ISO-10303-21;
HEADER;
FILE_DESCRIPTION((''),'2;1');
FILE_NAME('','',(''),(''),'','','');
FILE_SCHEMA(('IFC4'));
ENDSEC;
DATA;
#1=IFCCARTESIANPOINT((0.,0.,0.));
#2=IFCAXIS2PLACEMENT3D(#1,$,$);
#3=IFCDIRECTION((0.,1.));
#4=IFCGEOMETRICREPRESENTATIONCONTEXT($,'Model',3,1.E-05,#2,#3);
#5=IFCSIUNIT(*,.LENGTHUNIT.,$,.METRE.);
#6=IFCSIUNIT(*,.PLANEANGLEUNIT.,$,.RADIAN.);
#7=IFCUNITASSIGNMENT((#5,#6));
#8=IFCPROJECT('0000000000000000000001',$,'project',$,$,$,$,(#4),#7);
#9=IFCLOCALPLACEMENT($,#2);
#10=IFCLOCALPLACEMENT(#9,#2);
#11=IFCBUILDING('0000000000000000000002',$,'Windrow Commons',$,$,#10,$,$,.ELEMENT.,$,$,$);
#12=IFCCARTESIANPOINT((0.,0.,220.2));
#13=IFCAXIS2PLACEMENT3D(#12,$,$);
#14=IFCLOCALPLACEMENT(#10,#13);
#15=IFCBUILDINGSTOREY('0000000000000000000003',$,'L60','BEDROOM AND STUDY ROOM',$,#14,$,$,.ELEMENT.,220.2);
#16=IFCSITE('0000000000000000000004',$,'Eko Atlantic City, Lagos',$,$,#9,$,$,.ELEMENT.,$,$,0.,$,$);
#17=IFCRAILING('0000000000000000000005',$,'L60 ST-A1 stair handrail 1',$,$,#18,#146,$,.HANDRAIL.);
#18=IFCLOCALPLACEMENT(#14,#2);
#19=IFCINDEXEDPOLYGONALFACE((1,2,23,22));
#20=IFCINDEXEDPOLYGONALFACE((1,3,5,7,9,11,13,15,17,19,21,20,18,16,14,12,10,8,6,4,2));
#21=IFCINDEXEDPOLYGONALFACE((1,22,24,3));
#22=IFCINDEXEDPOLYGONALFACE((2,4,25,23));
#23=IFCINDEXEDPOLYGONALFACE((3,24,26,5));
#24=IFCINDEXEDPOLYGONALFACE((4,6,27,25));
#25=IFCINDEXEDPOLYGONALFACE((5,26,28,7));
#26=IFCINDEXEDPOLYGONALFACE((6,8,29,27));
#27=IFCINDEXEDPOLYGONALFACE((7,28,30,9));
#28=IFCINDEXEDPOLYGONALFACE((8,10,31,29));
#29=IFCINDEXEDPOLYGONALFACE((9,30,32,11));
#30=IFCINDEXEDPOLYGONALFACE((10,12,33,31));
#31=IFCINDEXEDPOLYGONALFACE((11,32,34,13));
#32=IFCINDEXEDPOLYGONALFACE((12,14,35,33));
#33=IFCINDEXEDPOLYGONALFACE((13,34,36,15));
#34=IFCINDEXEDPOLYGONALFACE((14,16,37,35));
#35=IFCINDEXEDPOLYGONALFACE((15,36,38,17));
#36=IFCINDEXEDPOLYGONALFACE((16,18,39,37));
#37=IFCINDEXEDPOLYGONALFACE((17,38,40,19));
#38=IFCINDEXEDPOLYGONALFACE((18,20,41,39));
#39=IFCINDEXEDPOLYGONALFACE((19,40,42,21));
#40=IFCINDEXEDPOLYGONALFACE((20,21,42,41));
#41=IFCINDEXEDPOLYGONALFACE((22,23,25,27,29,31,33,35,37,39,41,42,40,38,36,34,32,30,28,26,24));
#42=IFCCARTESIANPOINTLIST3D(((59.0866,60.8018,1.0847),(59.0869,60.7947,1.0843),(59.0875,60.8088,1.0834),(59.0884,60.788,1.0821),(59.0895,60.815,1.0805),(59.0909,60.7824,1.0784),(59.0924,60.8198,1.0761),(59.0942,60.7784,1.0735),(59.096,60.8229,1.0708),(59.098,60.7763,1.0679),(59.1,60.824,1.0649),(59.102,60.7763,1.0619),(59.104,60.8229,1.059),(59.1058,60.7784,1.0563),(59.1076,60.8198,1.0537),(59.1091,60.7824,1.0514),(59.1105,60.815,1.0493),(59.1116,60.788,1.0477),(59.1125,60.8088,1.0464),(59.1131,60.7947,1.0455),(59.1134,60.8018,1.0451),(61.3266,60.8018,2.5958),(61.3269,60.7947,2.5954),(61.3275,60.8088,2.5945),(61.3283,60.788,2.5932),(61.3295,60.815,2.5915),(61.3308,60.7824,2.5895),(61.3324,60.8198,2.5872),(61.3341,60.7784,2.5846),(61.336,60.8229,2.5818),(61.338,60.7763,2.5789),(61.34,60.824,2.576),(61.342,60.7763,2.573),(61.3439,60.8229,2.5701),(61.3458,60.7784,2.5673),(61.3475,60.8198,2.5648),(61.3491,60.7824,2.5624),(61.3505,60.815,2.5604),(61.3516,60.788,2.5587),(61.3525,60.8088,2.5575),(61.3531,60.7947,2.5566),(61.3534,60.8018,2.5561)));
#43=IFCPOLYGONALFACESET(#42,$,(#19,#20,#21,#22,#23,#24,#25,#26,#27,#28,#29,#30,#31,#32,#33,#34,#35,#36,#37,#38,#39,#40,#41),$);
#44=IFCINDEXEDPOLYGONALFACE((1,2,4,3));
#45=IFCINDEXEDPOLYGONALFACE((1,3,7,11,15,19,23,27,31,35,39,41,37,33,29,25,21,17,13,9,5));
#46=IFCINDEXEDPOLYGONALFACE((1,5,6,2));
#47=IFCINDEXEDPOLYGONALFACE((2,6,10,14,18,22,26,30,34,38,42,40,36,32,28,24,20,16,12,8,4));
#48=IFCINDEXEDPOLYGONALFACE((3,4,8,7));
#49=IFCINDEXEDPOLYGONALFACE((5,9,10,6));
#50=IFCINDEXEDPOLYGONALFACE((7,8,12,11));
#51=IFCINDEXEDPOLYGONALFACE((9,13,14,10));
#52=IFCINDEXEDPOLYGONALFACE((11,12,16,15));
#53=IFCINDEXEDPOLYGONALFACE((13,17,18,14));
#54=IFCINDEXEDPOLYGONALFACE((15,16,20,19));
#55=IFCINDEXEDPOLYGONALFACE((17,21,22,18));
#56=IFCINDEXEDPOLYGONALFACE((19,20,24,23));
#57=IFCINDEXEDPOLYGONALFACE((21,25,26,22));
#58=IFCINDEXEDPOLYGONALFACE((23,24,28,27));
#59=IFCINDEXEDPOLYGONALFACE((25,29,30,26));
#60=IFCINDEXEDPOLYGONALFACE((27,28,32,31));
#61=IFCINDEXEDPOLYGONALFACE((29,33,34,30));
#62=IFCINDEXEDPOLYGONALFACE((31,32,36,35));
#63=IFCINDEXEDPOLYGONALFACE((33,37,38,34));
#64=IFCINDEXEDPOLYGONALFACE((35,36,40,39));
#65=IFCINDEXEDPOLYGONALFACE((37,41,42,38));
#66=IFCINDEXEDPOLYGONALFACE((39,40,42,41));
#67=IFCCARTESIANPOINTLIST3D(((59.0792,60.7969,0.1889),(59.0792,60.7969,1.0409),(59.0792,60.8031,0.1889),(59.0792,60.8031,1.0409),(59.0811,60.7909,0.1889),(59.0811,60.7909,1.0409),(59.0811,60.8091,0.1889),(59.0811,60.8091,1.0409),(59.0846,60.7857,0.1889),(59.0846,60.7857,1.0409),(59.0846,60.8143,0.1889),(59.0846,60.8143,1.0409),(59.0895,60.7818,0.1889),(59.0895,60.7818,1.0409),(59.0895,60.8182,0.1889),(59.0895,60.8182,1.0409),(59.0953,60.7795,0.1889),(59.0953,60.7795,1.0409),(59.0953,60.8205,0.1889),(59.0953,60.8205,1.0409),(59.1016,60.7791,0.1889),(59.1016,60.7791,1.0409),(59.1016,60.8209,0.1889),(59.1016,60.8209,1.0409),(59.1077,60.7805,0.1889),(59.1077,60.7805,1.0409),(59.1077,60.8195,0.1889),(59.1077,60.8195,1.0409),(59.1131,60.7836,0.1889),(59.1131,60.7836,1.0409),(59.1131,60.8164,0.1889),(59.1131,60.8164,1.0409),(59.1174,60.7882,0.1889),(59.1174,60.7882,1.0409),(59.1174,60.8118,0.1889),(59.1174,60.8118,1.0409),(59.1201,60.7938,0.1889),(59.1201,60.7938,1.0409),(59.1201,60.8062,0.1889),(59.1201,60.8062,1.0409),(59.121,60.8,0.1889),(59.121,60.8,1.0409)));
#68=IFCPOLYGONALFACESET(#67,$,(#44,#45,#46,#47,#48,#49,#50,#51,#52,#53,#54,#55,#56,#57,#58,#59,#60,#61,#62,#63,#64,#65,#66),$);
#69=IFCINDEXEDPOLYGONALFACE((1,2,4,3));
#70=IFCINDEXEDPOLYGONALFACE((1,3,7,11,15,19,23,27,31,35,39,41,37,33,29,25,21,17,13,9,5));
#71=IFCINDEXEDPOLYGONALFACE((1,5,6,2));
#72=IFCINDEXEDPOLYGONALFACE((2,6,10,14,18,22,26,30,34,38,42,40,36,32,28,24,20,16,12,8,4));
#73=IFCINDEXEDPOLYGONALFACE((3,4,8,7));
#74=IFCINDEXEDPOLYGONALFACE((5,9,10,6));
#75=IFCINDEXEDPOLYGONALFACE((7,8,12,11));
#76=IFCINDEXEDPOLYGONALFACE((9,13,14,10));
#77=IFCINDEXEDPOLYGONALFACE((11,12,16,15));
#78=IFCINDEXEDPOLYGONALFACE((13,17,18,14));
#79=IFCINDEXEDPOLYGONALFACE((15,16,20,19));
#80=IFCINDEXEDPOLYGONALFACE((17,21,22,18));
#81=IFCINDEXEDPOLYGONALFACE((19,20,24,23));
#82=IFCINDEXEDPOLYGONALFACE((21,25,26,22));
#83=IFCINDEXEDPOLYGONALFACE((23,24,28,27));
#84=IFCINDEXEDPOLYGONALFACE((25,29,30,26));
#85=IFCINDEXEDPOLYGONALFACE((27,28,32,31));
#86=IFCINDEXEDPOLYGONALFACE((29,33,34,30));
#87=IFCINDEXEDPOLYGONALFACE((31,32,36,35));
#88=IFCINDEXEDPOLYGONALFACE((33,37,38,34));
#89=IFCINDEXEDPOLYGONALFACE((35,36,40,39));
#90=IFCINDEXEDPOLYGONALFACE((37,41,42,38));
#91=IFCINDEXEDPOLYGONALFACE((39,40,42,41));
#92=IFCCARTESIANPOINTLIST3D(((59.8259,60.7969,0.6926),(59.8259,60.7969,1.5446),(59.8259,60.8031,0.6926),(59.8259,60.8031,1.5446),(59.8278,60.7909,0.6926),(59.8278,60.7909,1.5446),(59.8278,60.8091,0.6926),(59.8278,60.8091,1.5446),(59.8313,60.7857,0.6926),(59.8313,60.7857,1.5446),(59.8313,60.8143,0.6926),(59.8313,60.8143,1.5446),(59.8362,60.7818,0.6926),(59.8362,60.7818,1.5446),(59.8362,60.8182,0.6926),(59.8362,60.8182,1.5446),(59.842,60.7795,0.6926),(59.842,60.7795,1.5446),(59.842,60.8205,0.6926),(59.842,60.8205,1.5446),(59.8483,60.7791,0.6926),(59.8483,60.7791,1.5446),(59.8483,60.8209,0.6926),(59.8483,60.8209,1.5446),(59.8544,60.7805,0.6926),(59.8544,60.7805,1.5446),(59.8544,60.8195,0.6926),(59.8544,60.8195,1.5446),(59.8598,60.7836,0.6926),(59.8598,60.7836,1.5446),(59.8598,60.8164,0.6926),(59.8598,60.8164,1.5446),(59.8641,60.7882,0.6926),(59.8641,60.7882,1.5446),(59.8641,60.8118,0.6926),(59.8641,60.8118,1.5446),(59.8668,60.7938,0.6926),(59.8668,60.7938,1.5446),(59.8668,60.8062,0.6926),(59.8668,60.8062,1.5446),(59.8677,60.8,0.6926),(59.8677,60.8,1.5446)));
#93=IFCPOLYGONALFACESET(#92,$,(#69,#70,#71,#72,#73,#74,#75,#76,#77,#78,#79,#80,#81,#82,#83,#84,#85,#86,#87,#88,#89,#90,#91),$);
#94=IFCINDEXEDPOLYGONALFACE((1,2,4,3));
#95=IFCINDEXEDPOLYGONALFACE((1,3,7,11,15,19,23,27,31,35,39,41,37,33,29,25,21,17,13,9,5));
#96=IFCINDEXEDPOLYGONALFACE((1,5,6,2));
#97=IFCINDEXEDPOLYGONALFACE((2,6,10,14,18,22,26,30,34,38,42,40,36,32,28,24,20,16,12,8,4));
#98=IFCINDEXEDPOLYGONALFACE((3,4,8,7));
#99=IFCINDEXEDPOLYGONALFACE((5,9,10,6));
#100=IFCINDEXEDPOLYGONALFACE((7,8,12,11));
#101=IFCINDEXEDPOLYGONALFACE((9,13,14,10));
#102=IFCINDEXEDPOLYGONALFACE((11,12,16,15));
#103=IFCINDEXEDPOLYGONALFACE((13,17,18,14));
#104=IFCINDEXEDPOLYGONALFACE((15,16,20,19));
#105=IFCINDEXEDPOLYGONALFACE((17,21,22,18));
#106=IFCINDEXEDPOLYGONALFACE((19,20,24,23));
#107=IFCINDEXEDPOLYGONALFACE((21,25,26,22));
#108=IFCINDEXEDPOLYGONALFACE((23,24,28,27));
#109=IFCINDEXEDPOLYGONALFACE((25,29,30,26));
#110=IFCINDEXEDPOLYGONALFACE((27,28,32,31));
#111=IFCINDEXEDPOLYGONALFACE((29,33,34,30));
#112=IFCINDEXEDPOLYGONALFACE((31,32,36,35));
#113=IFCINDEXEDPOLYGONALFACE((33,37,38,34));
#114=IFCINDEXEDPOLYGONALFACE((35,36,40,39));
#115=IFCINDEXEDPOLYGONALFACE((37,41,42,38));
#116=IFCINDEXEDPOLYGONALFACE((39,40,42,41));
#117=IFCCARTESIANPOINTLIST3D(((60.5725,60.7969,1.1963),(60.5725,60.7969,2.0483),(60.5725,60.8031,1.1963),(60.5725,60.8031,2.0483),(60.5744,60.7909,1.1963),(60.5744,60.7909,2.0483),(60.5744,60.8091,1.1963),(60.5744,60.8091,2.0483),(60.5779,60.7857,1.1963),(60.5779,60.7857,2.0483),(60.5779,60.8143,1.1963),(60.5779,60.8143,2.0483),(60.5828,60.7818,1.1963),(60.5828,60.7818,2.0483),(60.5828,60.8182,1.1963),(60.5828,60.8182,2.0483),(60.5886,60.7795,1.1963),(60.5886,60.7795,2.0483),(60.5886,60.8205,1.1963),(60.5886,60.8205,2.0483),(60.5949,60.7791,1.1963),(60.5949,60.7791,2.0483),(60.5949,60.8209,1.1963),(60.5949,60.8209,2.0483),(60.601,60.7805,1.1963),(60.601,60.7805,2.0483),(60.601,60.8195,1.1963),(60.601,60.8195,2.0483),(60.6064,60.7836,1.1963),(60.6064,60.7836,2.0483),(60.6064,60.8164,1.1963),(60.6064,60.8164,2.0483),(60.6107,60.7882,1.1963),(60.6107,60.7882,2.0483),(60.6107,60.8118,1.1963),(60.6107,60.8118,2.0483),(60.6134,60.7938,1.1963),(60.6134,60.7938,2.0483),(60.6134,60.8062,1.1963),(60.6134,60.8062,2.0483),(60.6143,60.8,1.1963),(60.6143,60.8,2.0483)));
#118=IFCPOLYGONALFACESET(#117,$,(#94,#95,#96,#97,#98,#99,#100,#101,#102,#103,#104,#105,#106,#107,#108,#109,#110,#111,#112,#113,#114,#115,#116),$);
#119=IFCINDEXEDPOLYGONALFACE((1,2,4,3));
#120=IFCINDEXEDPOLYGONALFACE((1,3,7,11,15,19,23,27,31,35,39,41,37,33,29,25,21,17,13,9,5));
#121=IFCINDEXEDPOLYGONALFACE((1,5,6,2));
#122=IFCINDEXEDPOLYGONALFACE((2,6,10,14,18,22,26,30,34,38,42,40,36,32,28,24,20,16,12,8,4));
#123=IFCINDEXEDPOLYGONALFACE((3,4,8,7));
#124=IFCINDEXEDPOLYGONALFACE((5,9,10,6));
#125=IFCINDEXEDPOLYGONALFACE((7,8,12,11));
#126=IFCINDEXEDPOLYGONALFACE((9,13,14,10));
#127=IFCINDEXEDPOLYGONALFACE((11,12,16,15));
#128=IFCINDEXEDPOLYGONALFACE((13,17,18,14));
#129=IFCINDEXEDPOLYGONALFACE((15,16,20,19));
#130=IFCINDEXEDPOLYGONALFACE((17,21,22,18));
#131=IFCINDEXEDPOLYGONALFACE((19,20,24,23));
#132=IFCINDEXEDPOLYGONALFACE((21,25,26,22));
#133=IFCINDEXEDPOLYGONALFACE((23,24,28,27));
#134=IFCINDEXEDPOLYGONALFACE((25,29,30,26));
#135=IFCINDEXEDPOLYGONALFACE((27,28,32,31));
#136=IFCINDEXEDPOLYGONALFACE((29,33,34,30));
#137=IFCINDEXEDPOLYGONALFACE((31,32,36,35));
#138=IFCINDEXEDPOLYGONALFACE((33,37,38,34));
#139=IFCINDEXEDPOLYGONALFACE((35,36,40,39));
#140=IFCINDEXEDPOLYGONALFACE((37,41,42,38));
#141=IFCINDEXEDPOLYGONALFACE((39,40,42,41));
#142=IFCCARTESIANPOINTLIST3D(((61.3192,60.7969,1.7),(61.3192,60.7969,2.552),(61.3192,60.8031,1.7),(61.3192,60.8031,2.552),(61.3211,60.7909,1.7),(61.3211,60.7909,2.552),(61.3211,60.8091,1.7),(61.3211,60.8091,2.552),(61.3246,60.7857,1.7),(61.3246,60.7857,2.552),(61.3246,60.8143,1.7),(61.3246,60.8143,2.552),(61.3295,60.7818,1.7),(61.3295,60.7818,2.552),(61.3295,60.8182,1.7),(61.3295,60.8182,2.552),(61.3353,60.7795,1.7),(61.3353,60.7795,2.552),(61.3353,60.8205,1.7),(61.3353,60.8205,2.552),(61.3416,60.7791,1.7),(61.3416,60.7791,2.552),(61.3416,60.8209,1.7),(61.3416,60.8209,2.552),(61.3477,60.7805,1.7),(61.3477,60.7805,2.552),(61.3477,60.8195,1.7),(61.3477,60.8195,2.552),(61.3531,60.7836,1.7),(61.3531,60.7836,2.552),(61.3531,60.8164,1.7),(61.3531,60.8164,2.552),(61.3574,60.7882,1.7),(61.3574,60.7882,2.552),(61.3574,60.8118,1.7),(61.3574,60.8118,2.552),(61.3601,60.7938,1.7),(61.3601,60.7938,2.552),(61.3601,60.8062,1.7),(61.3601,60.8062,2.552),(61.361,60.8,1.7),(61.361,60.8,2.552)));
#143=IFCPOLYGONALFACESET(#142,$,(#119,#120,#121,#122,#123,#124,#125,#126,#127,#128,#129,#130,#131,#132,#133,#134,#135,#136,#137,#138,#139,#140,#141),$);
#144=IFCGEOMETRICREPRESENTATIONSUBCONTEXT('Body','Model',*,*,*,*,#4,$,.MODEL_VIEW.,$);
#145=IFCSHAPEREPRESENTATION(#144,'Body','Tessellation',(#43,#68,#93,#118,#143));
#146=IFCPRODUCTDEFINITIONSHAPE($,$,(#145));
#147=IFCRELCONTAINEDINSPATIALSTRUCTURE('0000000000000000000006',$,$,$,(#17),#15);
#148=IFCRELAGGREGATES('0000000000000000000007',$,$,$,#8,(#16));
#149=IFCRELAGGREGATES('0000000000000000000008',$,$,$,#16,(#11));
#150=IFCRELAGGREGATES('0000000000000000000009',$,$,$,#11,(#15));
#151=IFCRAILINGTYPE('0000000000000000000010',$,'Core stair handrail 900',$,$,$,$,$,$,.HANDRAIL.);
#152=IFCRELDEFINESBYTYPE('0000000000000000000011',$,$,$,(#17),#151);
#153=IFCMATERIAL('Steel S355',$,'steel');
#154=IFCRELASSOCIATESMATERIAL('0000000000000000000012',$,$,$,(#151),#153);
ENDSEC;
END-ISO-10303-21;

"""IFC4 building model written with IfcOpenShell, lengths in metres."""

from ifc_helpers import new_model, si_unit, direction, frame, origin, origin_2d, place, context, subcontext, project, spatial, circle, extrude, material, type_object, element, save


model = new_model("IFC4")

# Units and contexts
model_context = context("Model", 3, precision=1e-05, world=origin(), true_north=direction((0.0, 1.0)))
body_context = subcontext(model_context, "Body", "Model", "MODEL_VIEW")
ifc_project = project(units=[si_unit("LENGTHUNIT", "METRE"), si_unit("PLANEANGLEUNIT", "RADIAN")], contexts=[model_context])

# Site, building, storey
site_placement = place(None, origin())
site = spatial("IfcSite", under=ifc_project, at=site_placement, Name="Eko Atlantic City, Lagos", CompositionType="ELEMENT", RefElevation=0.0)
building_placement = place(site_placement, origin())
building = spatial("IfcBuilding", under=site, at=building_placement, Name="Windrow Commons", CompositionType="ELEMENT")
storey_placement = place(building_placement, frame((0.0, 0.0, 220.2)))
storey = spatial("IfcBuildingStorey", under=building, at=storey_placement, Name="L60", Description="BEDROOM AND STUDY ROOM", CompositionType="ELEMENT", Elevation=220.2)

# Railing
ifc_material_1 = material(Name="Steel S355", Category="steel")
railing_type_1 = type_object("IfcRailingType", Name="Core stair handrail 900", PredefinedType="HANDRAIL", material=ifc_material_1)
railing_1_placement = place(storey_placement, frame((59.1, 60.8, 0.1889)))
element("IfcRailing", 1, at=railing_1_placement, inside=storey, type_object=railing_type_1, Name="L60 ST-A1 stair handrail 1", PredefinedType="HANDRAIL", context=body_context, shape_type="SweptSolid", body=[
    extrude(circle(Radius=0.024, at=origin_2d()), frame((0.0, 0.0, 0.876), z_axis=(0.829003, 0.0, 0.559244), x_axis=(0.0, 1.0, 0.0)), (0.0, 0.0, 1.0), 2.702),
    extrude(circle(Radius=0.021, at=origin_2d()), origin(), (0.0, 0.0, 1.0), 0.852),
    extrude(circle(Radius=0.021, at=origin_2d()), frame((0.7467, 0.0, 0.5037)), (0.0, 0.0, 1.0), 0.852),
    extrude(circle(Radius=0.021, at=origin_2d()), frame((1.4933, 0.0, 1.0074)), (0.0, 0.0, 1.0), 0.852),
    extrude(circle(Radius=0.021, at=origin_2d()), frame((2.24, 0.0, 1.5111)), (0.0, 0.0, 1.0), 0.852),
])

save(model, "model.ifc")
